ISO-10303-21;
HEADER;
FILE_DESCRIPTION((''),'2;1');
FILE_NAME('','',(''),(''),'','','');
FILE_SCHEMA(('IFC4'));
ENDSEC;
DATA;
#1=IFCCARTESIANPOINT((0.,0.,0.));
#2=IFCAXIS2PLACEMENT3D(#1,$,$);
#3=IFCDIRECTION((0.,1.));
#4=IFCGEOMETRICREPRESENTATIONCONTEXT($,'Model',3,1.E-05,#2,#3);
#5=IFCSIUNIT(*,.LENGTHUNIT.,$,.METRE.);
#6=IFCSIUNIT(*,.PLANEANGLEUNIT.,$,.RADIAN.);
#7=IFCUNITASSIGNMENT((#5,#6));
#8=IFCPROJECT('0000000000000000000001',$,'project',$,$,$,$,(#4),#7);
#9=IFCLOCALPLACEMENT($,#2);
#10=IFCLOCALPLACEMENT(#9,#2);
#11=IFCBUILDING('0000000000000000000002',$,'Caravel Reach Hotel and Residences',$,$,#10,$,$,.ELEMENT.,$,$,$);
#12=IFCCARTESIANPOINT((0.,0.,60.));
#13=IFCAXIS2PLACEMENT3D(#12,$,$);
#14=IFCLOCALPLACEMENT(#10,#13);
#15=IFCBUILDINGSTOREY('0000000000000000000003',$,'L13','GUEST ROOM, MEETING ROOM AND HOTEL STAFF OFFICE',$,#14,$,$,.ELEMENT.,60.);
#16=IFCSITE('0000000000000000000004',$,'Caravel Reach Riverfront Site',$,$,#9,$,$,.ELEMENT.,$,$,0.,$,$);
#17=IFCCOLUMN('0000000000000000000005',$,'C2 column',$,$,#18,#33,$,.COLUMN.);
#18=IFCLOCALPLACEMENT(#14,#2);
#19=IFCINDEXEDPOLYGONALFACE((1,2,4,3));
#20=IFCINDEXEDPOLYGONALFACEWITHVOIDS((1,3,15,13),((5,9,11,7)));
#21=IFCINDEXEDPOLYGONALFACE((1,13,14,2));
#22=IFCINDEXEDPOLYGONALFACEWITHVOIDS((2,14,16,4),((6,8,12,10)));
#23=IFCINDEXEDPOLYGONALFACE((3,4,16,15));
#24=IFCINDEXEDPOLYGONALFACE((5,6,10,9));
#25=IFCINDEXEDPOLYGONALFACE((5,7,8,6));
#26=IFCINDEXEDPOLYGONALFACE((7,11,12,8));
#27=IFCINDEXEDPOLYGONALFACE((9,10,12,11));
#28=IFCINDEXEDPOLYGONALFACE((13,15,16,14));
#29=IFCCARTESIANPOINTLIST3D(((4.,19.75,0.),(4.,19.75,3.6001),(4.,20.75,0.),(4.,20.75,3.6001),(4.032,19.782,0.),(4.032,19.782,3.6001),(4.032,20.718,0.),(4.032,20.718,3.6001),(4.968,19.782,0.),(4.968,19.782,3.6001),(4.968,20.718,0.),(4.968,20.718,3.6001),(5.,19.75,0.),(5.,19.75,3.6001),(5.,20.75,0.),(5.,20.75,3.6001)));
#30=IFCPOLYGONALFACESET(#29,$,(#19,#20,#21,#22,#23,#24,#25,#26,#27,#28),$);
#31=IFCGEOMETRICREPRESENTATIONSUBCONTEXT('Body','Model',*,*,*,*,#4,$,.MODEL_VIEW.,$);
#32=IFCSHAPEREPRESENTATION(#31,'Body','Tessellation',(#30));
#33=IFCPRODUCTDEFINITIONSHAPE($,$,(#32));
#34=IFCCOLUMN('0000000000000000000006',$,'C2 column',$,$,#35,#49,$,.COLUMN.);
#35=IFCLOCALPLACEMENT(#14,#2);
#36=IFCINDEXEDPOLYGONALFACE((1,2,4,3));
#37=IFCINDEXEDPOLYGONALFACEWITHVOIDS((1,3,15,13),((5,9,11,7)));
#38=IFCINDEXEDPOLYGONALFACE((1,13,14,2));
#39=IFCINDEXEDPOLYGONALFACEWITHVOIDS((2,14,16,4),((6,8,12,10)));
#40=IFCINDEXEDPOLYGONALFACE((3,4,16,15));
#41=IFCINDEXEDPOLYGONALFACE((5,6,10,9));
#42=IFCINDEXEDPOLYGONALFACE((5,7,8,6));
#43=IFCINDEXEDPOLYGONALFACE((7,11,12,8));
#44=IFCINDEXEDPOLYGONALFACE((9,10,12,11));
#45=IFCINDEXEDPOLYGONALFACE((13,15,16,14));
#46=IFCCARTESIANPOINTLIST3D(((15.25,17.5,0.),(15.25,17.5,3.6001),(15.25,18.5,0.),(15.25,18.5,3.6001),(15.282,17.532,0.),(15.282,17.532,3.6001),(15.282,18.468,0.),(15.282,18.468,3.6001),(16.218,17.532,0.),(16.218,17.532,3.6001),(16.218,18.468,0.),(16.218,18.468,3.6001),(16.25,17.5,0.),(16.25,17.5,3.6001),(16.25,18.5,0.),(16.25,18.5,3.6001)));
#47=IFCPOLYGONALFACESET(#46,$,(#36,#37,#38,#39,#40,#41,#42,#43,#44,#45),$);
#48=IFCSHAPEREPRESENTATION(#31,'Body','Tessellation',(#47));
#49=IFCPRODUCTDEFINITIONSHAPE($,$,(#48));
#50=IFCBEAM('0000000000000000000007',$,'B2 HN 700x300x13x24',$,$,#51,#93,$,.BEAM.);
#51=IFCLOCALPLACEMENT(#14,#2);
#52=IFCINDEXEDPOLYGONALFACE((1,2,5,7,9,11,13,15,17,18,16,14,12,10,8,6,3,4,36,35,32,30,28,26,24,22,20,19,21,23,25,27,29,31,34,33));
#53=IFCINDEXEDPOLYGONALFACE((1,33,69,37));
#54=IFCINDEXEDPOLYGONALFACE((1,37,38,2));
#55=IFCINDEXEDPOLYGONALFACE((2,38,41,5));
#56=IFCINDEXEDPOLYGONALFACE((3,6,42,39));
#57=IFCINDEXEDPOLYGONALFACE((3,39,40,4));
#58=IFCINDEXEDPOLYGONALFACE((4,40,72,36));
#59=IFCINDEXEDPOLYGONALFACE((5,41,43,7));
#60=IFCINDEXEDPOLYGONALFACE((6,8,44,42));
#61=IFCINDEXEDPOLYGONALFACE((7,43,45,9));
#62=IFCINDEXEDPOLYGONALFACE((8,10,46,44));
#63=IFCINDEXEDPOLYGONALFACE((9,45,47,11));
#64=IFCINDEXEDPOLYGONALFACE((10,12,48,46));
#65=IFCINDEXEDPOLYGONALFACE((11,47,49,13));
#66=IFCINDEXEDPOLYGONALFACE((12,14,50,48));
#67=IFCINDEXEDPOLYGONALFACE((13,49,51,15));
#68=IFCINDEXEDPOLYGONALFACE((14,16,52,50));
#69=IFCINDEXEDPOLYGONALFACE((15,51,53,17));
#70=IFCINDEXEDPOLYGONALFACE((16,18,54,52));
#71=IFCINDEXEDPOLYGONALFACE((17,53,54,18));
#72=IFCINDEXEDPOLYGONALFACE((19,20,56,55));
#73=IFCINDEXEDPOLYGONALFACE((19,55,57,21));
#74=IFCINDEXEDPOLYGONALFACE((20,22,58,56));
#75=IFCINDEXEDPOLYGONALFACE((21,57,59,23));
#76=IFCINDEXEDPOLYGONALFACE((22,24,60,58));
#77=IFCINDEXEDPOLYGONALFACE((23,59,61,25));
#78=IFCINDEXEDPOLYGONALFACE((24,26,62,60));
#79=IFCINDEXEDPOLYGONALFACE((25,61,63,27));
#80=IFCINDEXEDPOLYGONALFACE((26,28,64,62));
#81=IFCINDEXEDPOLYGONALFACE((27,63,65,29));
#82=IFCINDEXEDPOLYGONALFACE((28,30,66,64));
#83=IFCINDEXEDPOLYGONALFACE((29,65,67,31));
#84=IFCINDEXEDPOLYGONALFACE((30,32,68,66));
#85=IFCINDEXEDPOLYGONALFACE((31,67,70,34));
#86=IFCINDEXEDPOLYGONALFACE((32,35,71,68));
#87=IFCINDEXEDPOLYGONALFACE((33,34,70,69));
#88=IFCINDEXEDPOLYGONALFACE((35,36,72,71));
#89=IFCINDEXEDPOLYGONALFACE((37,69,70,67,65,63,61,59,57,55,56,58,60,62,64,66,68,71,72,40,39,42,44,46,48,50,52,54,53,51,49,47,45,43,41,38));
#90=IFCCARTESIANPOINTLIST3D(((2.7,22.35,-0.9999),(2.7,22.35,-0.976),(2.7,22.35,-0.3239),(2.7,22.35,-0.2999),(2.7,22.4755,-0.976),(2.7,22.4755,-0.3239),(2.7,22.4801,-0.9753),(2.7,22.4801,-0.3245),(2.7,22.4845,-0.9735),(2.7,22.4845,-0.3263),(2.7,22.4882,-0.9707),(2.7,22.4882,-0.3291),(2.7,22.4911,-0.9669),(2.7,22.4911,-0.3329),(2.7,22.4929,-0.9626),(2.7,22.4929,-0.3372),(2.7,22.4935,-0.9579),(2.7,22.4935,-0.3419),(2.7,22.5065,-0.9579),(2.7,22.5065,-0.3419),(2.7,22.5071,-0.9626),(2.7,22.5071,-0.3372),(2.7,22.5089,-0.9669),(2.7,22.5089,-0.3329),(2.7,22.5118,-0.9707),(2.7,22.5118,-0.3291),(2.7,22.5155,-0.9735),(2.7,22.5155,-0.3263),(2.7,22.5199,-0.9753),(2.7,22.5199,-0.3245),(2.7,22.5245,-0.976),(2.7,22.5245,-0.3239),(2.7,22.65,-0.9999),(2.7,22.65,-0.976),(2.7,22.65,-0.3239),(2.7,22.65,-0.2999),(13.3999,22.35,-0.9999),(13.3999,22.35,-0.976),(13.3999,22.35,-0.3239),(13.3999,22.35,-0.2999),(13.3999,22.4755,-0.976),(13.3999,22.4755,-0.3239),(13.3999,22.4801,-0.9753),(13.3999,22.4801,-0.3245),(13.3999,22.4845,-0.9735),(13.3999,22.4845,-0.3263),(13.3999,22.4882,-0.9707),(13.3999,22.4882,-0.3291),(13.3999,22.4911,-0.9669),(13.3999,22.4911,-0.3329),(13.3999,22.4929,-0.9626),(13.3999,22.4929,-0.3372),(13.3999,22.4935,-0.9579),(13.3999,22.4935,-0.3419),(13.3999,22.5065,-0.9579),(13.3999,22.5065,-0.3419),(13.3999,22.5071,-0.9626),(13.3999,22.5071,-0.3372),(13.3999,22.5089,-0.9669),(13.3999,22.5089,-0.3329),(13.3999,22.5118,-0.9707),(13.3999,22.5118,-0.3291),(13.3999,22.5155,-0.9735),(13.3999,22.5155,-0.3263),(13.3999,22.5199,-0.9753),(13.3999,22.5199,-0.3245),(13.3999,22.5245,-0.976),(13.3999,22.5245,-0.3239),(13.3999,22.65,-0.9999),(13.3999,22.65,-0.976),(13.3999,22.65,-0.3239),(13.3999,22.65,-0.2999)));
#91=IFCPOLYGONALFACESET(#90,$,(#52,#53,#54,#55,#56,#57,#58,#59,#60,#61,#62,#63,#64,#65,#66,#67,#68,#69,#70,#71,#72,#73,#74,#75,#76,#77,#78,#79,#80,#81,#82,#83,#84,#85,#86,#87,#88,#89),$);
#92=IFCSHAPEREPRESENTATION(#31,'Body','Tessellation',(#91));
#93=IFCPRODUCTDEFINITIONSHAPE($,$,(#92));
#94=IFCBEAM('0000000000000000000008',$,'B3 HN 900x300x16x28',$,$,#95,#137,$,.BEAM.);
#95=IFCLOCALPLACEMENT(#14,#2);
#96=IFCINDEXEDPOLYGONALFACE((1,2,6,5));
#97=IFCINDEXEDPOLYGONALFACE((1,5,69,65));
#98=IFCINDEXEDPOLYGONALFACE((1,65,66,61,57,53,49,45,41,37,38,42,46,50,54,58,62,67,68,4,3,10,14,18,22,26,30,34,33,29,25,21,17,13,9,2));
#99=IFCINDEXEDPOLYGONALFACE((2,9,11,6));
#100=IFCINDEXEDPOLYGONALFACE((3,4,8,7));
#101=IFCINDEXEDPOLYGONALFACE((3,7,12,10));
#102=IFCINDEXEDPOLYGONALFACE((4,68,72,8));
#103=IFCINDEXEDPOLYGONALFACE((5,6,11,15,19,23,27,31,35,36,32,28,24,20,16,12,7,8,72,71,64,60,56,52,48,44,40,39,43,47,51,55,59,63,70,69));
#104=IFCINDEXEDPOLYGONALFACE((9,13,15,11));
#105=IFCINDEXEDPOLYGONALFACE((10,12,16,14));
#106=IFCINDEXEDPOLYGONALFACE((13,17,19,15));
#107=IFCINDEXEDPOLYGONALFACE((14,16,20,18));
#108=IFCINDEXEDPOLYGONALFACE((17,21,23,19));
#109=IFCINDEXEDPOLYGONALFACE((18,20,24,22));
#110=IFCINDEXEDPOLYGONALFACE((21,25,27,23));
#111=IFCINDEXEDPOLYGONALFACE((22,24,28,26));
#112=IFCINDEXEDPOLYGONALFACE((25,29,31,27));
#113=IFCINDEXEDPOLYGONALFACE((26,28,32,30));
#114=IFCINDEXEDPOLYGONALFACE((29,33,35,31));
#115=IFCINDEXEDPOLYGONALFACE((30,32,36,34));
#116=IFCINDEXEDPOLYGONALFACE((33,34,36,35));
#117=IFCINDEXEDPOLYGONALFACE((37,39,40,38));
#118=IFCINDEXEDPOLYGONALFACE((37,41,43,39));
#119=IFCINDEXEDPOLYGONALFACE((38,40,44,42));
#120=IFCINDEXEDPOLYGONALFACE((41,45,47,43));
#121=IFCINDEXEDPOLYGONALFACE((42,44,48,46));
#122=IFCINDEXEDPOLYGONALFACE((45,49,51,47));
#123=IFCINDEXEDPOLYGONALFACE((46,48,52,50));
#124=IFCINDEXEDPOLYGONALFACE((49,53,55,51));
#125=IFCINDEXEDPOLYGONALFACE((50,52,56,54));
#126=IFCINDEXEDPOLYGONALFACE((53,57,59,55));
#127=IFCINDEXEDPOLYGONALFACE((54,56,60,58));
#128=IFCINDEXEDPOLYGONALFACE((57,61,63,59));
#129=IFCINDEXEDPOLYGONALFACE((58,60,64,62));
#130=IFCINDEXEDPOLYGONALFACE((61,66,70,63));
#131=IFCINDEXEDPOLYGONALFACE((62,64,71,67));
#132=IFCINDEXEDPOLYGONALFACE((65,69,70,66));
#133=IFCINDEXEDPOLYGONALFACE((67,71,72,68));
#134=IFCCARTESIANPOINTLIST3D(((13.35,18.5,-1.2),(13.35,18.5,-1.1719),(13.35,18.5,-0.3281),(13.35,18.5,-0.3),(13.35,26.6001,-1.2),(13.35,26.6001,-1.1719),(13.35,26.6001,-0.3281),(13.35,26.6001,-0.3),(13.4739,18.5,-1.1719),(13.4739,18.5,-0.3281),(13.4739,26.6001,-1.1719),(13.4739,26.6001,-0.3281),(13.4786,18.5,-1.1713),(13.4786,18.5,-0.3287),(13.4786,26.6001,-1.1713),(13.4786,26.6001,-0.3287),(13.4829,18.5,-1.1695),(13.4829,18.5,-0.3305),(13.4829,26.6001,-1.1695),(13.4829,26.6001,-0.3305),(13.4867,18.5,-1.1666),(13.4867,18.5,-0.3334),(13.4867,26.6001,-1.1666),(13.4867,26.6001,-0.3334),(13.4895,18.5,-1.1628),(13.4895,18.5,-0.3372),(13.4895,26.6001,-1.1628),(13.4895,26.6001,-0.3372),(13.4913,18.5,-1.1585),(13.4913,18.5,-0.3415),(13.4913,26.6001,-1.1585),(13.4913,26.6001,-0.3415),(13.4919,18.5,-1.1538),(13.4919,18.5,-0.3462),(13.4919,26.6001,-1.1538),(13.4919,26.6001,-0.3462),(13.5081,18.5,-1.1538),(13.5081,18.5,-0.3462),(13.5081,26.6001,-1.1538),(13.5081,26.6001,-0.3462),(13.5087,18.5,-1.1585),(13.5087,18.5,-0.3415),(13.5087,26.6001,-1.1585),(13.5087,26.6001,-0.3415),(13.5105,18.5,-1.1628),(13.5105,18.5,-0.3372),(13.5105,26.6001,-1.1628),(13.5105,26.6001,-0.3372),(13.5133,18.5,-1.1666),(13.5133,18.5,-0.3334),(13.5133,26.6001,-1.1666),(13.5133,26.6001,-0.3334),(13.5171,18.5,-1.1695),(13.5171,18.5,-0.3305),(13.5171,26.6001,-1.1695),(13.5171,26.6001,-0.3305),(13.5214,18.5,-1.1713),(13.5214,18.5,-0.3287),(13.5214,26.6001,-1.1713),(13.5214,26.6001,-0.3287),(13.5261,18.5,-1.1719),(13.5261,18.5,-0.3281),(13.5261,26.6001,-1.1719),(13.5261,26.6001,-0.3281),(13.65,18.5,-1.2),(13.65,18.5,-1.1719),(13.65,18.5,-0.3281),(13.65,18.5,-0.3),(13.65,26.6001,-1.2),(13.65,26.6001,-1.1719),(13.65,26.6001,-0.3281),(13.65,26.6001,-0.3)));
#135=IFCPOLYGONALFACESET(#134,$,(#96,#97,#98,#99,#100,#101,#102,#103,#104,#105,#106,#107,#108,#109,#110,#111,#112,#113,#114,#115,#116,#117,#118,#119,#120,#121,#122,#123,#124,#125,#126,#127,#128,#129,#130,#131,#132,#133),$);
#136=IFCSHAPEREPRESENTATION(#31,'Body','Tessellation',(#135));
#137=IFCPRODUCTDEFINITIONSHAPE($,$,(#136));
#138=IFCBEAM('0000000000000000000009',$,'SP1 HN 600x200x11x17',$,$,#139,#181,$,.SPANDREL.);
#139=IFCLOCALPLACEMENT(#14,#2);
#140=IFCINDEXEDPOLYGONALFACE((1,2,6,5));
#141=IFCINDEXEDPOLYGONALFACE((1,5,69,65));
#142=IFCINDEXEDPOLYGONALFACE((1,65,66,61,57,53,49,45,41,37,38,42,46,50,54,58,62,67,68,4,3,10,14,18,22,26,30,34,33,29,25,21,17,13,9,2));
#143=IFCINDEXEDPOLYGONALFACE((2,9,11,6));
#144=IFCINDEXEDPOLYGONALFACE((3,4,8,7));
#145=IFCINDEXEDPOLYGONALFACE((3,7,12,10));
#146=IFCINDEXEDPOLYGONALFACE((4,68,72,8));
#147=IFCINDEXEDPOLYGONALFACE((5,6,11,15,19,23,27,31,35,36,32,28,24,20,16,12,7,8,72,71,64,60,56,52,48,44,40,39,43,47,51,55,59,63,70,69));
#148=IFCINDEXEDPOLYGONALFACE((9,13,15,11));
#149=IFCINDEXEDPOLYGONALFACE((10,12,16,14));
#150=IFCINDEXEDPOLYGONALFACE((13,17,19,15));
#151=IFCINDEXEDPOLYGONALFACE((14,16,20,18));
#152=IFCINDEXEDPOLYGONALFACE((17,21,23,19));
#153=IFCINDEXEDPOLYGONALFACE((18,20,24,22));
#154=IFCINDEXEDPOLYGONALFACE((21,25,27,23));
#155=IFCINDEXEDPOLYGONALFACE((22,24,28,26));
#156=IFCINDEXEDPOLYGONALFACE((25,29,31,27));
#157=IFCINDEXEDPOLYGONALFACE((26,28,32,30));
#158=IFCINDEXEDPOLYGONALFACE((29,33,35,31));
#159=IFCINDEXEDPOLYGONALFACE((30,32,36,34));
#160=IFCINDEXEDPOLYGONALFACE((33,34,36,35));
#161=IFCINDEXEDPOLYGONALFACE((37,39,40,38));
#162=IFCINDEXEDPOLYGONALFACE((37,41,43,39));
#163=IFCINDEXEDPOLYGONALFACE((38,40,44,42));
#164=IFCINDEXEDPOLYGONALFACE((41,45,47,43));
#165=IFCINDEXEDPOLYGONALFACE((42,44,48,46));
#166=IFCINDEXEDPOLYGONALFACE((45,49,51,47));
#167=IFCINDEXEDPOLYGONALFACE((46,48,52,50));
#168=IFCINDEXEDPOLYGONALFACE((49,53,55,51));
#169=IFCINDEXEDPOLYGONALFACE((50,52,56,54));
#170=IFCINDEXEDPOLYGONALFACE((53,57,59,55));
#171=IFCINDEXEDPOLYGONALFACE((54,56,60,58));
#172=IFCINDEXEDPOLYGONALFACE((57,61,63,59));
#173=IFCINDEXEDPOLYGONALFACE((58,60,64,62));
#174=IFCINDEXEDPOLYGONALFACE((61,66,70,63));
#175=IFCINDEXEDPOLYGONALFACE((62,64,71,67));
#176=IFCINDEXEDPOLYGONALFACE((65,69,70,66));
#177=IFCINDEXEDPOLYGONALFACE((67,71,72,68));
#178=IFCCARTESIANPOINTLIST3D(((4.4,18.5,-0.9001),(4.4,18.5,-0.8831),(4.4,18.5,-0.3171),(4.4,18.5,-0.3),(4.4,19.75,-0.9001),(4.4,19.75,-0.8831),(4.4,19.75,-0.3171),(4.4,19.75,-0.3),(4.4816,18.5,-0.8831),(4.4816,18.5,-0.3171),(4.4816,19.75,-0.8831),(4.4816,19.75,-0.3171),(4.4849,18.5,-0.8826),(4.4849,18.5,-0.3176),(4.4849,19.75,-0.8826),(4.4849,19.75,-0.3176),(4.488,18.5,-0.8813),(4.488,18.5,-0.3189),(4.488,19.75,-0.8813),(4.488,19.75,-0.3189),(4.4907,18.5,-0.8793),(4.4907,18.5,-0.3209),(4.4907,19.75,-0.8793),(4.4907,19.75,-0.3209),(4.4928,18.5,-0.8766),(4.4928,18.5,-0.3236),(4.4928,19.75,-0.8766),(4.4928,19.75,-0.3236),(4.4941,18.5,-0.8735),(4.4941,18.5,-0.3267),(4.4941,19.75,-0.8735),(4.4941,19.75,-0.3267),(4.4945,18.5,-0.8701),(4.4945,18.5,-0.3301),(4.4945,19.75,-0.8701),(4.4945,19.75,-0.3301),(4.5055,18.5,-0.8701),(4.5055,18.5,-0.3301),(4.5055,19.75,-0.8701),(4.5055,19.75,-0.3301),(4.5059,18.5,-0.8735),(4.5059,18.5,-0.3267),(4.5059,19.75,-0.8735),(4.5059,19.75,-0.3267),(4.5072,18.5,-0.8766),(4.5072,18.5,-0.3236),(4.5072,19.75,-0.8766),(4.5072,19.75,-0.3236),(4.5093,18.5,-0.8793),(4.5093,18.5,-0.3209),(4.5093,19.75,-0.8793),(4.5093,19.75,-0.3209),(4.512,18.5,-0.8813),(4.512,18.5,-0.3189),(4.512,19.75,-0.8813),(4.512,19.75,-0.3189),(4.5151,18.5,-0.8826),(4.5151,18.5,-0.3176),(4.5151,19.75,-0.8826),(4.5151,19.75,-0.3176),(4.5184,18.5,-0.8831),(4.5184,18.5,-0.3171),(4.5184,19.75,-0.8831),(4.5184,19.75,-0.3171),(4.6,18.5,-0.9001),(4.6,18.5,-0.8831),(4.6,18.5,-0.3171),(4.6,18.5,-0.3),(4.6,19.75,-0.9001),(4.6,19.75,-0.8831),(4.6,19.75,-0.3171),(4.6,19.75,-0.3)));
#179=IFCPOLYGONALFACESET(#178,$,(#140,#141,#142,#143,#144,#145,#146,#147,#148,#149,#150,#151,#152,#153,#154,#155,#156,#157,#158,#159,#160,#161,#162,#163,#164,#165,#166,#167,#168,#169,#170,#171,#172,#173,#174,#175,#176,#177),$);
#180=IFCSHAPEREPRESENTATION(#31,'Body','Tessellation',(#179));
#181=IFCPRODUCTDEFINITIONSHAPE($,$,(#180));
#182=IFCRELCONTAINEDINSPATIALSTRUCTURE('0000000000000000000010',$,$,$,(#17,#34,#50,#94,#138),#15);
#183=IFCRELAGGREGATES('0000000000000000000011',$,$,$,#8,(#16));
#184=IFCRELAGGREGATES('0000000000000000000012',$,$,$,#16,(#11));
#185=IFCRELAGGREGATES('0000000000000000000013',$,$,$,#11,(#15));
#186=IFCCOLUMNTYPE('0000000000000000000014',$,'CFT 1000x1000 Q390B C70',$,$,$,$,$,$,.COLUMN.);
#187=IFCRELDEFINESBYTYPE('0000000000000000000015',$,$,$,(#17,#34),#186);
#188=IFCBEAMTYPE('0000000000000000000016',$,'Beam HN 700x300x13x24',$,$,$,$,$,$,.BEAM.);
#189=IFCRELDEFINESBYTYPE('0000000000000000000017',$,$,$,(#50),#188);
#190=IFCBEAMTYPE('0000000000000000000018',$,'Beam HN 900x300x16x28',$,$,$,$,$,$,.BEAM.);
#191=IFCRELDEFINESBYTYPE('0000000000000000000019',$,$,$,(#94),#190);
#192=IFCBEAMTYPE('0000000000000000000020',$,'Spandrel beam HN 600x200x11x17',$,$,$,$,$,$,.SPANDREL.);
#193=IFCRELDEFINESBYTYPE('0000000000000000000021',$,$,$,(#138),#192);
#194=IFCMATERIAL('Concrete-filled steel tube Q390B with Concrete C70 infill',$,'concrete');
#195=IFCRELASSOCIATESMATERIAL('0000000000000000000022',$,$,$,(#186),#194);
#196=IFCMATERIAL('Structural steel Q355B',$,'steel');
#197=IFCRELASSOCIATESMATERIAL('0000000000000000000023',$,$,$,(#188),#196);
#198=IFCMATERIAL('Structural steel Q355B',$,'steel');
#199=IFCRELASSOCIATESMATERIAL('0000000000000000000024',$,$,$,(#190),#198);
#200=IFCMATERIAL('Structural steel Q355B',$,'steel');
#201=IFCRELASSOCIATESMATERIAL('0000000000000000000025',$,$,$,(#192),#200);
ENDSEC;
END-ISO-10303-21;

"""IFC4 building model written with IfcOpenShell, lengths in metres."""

from ifc_helpers import new_model, si_unit, direction, frame, origin, origin_2d, place, context, subcontext, project, spatial, hollow_rectangle, i_section, extrude, material, material_profile, profile_set, type_object, element, save


model = new_model("IFC4")

# Units and contexts
model_context = context("Model", 3, precision=1e-05, world=origin(), true_north=direction((0.0, 1.0)))
body_context = subcontext(model_context, "Body", "Model", "MODEL_VIEW")
ifc_project = project(units=[si_unit("LENGTHUNIT", "METRE"), si_unit("PLANEANGLEUNIT", "RADIAN")], contexts=[model_context])

# Site, building, storey
site_placement = place(None, origin())
site = spatial("IfcSite", under=ifc_project, at=site_placement, Name="Caravel Reach Riverfront Site", CompositionType="ELEMENT", RefElevation=0.0)
building_placement = place(site_placement, origin())
building = spatial("IfcBuilding", under=site, at=building_placement, Name="Caravel Reach Hotel and Residences", CompositionType="ELEMENT")
storey_placement = place(building_placement, frame((0.0, 0.0, 60.0)))
storey = spatial("IfcBuildingStorey", under=building, at=storey_placement, Name="L13", Description="GUEST ROOM, MEETING ROOM AND HOTEL STAFF OFFICE", CompositionType="ELEMENT", Elevation=60.0)

# Columns
ifc_material_1 = material(Name="Concrete-filled steel tube Q390B with Concrete C70 infill", Category="concrete")
ifc_material_profile_1 = material_profile(ifc_material_1, hollow_rectangle(XDim=1.0, YDim=1.0, WallThickness=0.032, at=origin_2d()), Name="RHS 1000x1000x32")
ifc_profile_set_1 = profile_set([ifc_material_profile_1], Name="Concrete-filled steel tube Q390B with Concrete C70 infill")
column_type = type_object("IfcColumnType", Name="CFT 1000x1000 Q390B C70", PredefinedType="COLUMN", material=ifc_profile_set_1)
for number, where, z_axis, x_axis, name in (
    (1, (4.5, 20.25, 0.0), (0.0, 0.0, 1.0), (1.0, 0.0, 0.0), "C2 column"),
    (2, (15.75, 18.0, 0.0), (0.0, 0.0, 1.0), (1.0, 0.0, 0.0), "C2 column"),
):
    element("IfcColumn", number, at=place(storey_placement, frame(where, z_axis=z_axis, x_axis=x_axis)), inside=storey, type_object=column_type, Name=name, PredefinedType="COLUMN", context=body_context, shape_type="SweptSolid", body=[
        extrude(hollow_rectangle(XDim=1.0, YDim=1.0, WallThickness=0.032, at=origin_2d()), origin(), (0.0, 0.0, 1.0), 3.6001),
    ])

# Beams
ifc_material_2 = material(Name="Structural steel Q355B", Category="steel")
ifc_material_profile_2 = material_profile(ifc_material_2, i_section(OverallWidth=0.3, OverallDepth=0.7, WebThickness=0.0129, FlangeThickness=0.0239, FilletRadius=0.0181, at=origin_2d()), Name="HN 700x300x13x24")
ifc_profile_set_2 = profile_set([ifc_material_profile_2], Name="Structural steel Q355B")
beam_type_1 = type_object("IfcBeamType", Name="Beam HN 700x300x13x24", PredefinedType="BEAM", material=ifc_profile_set_2)
beam_1_placement = place(storey_placement, frame((13.3999, 22.5, -0.6499), z_axis=(-1.0, 0.0, 0.0), x_axis=(0.0, -1.0, 0.0)))
element("IfcBeam", 3, at=beam_1_placement, inside=storey, type_object=beam_type_1, Name="B2 HN 700x300x13x24", PredefinedType="BEAM", context=body_context, shape_type="SweptSolid", body=[
    extrude(i_section(OverallWidth=0.3, OverallDepth=0.7, WebThickness=0.0129, FlangeThickness=0.0239, FilletRadius=0.0181, at=origin_2d()), origin(), (0.0, 0.0, 1.0), 10.7),
])
ifc_material_3 = material(Name="Structural steel Q355B", Category="steel")
ifc_material_profile_3 = material_profile(ifc_material_3, i_section(OverallWidth=0.3, OverallDepth=0.8999, WebThickness=0.0161, FlangeThickness=0.0281, FilletRadius=0.0181, at=origin_2d()), Name="HN 900x300x16x28")
ifc_profile_set_3 = profile_set([ifc_material_profile_3], Name="Structural steel Q355B")
beam_type_2 = type_object("IfcBeamType", Name="Beam HN 900x300x16x28", PredefinedType="BEAM", material=ifc_profile_set_3)
beam_2_placement = place(storey_placement, frame((13.5, 18.5, -0.75), z_axis=(0.0, 1.0, 0.0), x_axis=(-1.0, 0.0, 0.0)))
element("IfcBeam", 4, at=beam_2_placement, inside=storey, type_object=beam_type_2, Name="B3 HN 900x300x16x28", PredefinedType="BEAM", context=body_context, shape_type="SweptSolid", body=[
    extrude(i_section(OverallWidth=0.3, OverallDepth=0.8999, WebThickness=0.0161, FlangeThickness=0.0281, FilletRadius=0.0181, at=origin_2d()), origin(), (0.0, 0.0, 1.0), 8.1001),
])
ifc_material_4 = material(Name="Structural steel Q355B", Category="steel")
ifc_material_profile_4 = material_profile(ifc_material_4, i_section(OverallWidth=0.2, OverallDepth=0.6001, WebThickness=0.011, FlangeThickness=0.0171, FilletRadius=0.0129, at=origin_2d()), Name="HN 600x200x11x17")
ifc_profile_set_4 = profile_set([ifc_material_profile_4], Name="Structural steel Q355B")
beam_type_3 = type_object("IfcBeamType", Name="Spandrel beam HN 600x200x11x17", PredefinedType="SPANDREL", material=ifc_profile_set_4)
beam_3_placement = place(storey_placement, frame((4.5, 19.75, -0.6001), z_axis=(0.0, -1.0, 0.0), x_axis=(1.0, 0.0, 0.0)))
element("IfcBeam", 5, at=beam_3_placement, inside=storey, type_object=beam_type_3, Name="SP1 HN 600x200x11x17", PredefinedType="SPANDREL", context=body_context, shape_type="SweptSolid", body=[
    extrude(i_section(OverallWidth=0.2, OverallDepth=0.6001, WebThickness=0.011, FlangeThickness=0.0171, FilletRadius=0.0129, at=origin_2d()), origin(), (0.0, 0.0, 1.0), 1.25),
])

save(model, "model.ifc")
